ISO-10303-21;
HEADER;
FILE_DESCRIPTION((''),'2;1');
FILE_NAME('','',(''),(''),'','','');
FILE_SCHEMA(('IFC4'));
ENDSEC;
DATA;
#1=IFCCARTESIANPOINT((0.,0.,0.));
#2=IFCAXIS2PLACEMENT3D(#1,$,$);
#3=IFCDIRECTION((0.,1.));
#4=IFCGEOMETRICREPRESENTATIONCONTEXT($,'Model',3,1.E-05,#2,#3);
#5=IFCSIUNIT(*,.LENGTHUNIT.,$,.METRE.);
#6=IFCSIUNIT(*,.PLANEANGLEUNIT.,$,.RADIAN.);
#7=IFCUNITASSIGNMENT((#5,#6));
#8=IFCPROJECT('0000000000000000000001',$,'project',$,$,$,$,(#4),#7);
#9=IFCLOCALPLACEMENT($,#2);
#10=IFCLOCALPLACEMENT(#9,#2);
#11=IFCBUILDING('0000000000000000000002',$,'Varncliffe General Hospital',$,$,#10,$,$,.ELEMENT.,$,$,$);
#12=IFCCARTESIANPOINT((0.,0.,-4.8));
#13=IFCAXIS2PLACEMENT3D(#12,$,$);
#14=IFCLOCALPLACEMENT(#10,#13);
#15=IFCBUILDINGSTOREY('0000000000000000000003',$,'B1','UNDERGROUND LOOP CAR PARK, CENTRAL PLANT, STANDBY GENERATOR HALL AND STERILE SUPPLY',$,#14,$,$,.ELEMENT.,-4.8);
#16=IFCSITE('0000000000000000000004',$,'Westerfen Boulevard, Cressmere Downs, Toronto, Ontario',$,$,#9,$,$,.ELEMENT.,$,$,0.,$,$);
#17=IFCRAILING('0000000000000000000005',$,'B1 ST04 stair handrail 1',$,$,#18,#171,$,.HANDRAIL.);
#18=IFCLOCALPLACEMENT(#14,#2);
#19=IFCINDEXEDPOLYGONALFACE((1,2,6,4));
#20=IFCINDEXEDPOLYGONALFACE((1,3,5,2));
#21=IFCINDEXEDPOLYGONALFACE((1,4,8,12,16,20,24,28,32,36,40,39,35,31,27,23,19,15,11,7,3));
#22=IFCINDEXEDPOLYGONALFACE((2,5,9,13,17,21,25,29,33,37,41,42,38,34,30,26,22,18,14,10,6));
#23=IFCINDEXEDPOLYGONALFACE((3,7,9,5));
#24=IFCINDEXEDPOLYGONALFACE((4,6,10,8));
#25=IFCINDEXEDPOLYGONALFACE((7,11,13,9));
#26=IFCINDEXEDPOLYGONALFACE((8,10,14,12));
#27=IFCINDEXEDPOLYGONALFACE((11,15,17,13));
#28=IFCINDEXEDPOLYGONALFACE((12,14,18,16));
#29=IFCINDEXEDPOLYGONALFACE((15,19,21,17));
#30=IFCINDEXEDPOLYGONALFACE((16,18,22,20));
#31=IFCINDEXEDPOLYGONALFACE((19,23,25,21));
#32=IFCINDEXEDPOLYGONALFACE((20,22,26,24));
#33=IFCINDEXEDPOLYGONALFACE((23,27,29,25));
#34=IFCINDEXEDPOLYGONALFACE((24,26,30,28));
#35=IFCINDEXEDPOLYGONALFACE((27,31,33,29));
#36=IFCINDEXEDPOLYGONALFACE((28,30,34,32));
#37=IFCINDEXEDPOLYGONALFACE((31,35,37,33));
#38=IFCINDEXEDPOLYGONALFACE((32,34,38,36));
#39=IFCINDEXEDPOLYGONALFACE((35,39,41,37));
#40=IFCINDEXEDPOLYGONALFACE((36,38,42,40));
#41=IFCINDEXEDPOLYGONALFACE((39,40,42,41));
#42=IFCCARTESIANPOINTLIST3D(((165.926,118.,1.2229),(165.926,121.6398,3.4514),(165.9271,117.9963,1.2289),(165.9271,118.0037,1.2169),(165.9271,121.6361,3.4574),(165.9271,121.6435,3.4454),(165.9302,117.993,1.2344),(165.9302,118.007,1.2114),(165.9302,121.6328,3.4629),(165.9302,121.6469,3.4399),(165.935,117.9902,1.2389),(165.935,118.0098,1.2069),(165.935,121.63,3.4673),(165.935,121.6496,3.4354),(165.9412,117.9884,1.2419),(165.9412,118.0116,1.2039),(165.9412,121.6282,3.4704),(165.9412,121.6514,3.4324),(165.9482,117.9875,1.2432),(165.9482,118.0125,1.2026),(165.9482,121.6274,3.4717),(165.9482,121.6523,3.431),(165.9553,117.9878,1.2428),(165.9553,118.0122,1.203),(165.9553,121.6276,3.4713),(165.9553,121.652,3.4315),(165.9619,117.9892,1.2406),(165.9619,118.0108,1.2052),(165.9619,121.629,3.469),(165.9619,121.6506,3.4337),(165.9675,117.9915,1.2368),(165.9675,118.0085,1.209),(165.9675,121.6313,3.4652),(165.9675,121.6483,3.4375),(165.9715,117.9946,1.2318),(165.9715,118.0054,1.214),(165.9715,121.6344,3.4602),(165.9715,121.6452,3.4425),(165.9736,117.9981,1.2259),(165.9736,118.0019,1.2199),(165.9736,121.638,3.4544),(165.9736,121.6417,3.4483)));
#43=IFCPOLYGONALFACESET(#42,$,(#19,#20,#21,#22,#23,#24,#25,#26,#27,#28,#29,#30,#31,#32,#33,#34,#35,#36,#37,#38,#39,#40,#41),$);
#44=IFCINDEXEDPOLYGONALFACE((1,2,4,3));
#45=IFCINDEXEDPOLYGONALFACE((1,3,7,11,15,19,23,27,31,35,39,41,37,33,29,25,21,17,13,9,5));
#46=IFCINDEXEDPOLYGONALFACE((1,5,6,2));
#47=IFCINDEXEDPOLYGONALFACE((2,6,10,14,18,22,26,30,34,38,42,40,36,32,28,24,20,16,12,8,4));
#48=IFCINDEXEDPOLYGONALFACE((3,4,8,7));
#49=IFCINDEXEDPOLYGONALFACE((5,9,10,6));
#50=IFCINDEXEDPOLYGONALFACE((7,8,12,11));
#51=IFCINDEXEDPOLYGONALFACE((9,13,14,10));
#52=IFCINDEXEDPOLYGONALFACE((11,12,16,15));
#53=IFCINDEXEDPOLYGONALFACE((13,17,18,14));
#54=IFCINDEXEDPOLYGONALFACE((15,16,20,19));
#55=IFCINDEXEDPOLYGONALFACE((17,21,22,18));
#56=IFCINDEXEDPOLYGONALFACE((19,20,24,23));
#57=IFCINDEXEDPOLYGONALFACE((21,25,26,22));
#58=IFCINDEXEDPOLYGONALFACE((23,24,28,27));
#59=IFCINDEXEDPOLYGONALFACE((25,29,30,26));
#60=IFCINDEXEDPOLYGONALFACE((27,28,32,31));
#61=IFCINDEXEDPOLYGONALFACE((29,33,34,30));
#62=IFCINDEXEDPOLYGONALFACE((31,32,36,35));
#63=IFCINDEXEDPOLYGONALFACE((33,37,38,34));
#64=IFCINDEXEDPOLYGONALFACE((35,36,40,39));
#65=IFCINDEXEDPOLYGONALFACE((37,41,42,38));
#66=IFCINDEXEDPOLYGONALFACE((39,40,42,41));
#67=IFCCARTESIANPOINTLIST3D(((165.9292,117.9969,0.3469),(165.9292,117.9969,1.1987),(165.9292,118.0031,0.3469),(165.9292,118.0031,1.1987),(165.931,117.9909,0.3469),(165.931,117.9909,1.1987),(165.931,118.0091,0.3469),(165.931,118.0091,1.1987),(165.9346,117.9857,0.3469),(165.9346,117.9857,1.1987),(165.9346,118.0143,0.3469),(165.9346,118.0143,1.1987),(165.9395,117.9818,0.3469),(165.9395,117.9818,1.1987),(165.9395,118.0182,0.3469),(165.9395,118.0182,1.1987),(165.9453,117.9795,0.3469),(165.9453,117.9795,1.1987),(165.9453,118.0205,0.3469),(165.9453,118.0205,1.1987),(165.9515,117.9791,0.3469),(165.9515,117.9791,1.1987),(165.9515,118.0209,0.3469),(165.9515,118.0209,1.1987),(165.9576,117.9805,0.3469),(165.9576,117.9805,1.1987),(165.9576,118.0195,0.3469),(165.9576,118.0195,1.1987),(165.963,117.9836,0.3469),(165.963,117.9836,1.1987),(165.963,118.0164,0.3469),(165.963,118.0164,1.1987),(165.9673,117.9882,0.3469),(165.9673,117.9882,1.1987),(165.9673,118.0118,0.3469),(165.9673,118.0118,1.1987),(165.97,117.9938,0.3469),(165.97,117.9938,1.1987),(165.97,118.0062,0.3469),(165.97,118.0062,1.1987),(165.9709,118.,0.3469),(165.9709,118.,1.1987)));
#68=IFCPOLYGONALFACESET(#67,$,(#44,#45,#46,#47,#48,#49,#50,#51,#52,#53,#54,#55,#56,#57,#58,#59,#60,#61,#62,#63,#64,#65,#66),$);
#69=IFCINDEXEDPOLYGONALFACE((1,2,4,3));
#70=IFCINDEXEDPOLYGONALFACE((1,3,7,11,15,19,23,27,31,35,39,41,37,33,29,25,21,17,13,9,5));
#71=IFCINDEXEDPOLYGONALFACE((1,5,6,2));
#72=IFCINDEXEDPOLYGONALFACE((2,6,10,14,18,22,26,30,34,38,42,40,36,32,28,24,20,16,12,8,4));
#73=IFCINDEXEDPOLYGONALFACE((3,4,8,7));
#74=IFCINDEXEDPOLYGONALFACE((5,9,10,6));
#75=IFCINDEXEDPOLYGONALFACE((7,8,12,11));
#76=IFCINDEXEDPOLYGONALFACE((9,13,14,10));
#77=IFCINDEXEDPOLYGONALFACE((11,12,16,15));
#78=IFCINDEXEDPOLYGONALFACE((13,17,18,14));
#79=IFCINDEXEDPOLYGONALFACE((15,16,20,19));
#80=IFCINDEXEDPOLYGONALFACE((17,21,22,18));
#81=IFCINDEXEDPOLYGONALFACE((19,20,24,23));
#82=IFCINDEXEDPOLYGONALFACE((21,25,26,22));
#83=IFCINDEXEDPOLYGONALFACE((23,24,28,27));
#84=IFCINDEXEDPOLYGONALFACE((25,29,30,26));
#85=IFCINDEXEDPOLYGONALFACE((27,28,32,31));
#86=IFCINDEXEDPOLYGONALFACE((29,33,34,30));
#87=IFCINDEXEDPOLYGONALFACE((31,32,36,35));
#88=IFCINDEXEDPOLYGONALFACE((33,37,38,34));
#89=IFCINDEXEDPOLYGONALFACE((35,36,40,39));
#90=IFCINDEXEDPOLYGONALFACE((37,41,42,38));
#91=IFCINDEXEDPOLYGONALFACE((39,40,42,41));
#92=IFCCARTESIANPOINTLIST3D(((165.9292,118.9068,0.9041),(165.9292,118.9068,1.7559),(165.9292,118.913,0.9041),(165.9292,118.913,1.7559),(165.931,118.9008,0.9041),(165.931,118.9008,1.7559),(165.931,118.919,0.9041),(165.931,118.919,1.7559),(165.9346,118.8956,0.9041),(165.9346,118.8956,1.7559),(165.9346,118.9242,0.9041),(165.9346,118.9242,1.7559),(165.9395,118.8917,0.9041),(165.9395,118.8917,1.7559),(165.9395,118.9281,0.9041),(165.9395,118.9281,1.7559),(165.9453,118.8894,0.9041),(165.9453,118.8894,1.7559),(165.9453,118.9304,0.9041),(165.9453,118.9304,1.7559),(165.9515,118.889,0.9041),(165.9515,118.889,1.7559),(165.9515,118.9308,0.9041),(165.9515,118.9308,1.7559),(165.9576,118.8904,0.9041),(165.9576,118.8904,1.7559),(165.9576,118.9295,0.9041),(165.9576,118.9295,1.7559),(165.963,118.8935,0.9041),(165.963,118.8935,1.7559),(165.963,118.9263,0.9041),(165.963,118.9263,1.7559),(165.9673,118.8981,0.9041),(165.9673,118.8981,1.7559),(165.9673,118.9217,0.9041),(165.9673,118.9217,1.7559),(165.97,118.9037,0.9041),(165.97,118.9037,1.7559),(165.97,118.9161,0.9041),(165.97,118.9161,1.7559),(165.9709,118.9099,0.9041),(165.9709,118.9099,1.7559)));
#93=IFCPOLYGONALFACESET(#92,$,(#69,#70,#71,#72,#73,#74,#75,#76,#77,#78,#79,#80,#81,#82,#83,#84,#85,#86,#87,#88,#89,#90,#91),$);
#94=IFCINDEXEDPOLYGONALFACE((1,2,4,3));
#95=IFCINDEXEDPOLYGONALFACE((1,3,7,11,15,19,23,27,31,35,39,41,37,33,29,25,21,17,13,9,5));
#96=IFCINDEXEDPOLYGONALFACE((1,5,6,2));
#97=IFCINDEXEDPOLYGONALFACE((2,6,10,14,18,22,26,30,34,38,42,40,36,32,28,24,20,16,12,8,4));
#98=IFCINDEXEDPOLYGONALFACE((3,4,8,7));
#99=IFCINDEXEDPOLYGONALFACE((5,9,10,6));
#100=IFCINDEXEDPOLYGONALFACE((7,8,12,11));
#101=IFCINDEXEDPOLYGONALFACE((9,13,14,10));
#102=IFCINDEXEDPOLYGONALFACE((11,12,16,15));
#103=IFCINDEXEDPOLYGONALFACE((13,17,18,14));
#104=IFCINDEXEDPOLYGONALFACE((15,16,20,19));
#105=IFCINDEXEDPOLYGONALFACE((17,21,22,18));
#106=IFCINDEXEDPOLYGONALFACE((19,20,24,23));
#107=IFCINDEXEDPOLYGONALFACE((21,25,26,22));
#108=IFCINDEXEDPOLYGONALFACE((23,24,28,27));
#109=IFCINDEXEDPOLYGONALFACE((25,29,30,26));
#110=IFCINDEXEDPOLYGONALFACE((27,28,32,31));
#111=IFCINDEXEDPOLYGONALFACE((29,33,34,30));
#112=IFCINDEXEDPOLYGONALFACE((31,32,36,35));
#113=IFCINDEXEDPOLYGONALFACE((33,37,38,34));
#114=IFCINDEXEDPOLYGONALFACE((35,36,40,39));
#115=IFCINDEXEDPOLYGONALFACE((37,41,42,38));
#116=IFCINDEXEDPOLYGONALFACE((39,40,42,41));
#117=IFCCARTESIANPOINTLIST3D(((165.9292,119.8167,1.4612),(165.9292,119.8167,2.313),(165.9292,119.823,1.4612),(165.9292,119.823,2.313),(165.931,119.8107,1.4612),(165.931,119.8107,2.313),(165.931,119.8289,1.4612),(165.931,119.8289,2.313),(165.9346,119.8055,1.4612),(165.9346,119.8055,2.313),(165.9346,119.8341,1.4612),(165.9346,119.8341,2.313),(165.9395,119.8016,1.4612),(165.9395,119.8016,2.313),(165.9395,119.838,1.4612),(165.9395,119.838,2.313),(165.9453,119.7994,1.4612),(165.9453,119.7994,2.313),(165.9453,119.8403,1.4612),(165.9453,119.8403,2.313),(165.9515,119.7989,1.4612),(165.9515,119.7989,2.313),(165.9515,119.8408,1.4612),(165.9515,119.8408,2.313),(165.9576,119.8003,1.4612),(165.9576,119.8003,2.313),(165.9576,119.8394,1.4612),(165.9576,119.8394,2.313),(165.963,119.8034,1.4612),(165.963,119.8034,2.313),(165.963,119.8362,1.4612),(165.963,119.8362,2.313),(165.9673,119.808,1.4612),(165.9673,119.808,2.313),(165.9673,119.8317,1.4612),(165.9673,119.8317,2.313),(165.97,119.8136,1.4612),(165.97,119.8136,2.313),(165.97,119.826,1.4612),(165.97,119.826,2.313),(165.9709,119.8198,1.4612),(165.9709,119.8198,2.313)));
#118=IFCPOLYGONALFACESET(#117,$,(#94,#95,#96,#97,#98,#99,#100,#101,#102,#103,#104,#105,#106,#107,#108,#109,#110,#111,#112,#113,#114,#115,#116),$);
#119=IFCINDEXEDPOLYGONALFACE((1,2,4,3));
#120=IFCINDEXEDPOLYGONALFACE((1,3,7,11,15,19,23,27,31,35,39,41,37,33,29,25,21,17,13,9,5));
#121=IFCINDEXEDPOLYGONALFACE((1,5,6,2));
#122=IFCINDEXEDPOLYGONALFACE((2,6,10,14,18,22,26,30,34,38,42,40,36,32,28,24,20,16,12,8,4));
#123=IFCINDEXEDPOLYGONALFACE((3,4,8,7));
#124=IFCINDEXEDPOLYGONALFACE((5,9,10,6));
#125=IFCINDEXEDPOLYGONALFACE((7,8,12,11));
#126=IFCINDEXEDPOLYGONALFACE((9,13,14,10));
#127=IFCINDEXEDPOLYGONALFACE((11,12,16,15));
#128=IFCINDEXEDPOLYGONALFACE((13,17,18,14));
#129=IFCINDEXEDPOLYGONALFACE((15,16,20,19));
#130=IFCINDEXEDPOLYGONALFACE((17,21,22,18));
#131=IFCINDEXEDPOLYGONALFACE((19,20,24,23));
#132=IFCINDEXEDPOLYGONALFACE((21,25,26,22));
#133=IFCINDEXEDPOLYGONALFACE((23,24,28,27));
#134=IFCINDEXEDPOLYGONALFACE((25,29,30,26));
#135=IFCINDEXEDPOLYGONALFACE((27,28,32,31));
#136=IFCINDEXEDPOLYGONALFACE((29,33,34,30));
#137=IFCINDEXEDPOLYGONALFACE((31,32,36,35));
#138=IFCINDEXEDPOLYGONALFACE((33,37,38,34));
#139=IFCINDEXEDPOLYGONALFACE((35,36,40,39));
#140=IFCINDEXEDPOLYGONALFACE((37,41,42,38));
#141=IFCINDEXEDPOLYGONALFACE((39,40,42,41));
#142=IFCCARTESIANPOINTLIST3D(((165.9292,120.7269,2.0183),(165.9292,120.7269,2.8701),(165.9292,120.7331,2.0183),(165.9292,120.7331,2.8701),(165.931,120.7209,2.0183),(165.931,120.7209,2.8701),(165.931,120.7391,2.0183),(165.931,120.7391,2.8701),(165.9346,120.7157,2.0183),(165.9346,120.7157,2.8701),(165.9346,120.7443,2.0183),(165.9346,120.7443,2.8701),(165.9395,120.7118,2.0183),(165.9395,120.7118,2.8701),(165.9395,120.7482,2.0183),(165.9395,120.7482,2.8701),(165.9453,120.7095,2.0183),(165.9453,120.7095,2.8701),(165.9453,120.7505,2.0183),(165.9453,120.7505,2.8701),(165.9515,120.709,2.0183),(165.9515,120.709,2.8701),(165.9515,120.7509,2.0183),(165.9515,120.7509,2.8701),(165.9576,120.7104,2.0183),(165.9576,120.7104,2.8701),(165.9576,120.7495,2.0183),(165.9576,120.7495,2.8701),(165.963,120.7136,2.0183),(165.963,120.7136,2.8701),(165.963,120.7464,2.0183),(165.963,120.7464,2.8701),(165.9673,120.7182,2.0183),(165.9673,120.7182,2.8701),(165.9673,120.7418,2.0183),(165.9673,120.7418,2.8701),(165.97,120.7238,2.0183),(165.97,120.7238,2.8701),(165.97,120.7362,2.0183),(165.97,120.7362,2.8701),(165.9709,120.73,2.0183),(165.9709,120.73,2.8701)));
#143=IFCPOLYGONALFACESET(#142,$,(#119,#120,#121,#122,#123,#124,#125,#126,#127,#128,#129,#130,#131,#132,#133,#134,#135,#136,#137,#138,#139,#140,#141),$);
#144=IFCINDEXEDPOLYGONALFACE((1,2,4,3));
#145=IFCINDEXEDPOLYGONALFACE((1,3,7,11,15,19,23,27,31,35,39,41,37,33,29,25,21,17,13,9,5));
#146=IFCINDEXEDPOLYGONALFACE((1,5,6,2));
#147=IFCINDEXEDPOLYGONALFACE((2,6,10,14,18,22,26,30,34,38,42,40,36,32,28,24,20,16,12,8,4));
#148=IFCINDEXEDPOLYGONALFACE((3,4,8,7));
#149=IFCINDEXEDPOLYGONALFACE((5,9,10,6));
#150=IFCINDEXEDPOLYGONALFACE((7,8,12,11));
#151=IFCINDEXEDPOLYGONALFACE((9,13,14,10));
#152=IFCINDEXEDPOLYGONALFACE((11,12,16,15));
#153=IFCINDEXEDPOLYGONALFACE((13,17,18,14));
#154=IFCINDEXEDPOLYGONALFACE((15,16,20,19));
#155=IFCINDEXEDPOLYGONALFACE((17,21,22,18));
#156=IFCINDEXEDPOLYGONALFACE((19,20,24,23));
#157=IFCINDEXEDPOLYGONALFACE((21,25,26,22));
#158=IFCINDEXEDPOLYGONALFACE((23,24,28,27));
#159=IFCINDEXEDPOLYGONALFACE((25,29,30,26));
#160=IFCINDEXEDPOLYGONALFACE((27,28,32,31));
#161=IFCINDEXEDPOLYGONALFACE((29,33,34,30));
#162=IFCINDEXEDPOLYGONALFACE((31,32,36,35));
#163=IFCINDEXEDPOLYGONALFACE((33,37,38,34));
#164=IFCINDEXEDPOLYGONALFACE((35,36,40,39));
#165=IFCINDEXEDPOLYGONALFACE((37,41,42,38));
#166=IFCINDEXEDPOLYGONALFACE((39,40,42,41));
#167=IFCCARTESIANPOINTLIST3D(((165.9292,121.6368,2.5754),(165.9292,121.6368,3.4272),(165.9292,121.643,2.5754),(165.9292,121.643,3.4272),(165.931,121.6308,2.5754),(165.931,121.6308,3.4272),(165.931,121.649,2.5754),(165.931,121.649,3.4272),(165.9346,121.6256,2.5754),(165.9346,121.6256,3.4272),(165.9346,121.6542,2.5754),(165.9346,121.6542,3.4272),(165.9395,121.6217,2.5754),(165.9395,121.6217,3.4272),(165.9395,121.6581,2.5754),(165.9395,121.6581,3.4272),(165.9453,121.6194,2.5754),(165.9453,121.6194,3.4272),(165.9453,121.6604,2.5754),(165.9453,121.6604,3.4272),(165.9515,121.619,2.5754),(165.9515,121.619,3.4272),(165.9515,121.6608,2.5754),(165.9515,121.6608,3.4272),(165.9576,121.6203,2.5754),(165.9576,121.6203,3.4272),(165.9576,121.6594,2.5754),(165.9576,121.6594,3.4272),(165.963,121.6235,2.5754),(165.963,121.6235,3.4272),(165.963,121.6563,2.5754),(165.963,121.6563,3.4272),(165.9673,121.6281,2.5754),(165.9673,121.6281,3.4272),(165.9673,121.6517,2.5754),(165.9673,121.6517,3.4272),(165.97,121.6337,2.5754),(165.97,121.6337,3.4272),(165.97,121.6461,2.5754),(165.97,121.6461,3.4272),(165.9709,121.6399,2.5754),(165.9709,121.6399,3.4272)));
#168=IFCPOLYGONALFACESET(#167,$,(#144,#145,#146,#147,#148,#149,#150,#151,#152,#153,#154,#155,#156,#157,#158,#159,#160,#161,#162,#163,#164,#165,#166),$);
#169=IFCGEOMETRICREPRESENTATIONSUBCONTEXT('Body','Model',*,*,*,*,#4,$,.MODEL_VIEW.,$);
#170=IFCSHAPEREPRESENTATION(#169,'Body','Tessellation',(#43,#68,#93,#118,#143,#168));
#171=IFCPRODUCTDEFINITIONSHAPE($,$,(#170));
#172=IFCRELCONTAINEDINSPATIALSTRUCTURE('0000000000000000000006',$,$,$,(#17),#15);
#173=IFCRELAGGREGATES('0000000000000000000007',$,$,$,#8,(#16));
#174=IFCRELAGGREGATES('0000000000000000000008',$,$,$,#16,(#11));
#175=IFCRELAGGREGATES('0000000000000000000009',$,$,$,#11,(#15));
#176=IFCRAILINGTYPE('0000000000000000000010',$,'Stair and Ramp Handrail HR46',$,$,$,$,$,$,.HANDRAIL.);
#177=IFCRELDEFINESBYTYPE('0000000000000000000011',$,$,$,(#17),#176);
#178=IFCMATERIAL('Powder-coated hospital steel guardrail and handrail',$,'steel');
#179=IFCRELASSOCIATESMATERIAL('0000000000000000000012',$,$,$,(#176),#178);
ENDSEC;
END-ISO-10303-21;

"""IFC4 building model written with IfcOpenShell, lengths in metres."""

from ifc_helpers import new_model, si_unit, direction, frame, origin, origin_2d, place, context, subcontext, project, spatial, circle, extrude, material, type_object, element, save


model = new_model("IFC4")

# Units and contexts
model_context = context("Model", 3, precision=1e-05, world=origin(), true_north=direction((0.0, 1.0)))
body_context = subcontext(model_context, "Body", "Model", "MODEL_VIEW")
ifc_project = project(units=[si_unit("LENGTHUNIT", "METRE"), si_unit("PLANEANGLEUNIT", "RADIAN")], contexts=[model_context])

# Site, building, storey
site_placement = place(None, origin())
site = spatial("IfcSite", under=ifc_project, at=site_placement, Name="Westerfen Boulevard, Cressmere Downs, Toronto, Ontario", CompositionType="ELEMENT", RefElevation=0.0)
building_placement = place(site_placement, origin())
building = spatial("IfcBuilding", under=site, at=building_placement, Name="Varncliffe General Hospital", CompositionType="ELEMENT")
storey_placement = place(building_placement, frame((0.0, 0.0, -4.8)))
storey = spatial("IfcBuildingStorey", under=building, at=storey_placement, Name="B1", Description="UNDERGROUND LOOP CAR PARK, CENTRAL PLANT, STANDBY GENERATOR HALL AND STERILE SUPPLY", CompositionType="ELEMENT", Elevation=-4.8)

# Railing
ifc_material_1 = material(Name="Powder-coated hospital steel guardrail and handrail", Category="steel")
railing_type_1 = type_object("IfcRailingType", Name="Stair and Ramp Handrail HR46", PredefinedType="HANDRAIL", material=ifc_material_1)
railing_1_placement = place(storey_placement, frame((165.95, 118.0, 0.3469)))
element("IfcRailing", 1, at=railing_1_placement, inside=storey, type_object=railing_type_1, Name="B1 ST04 stair handrail 1", PredefinedType="HANDRAIL", context=body_context, shape_type="SweptSolid", body=[
    extrude(circle(Radius=0.0239, at=origin_2d()), frame((0.0, 0.0, 0.876), z_axis=(0.0, 0.85285, 0.522156), x_axis=(-1.0, 0.0, 0.0)), (0.0, 0.0, 1.0), 4.2678),
    extrude(circle(Radius=0.021, at=origin_2d()), origin(), (0.0, 0.0, 1.0), 0.8518),
    extrude(circle(Radius=0.021, at=origin_2d()), frame((0.0, 0.9099, 0.5571)), (0.0, 0.0, 1.0), 0.8518),
    extrude(circle(Radius=0.021, at=origin_2d()), frame((0.0, 1.8198, 1.1143)), (0.0, 0.0, 1.0), 0.8518),
    extrude(circle(Radius=0.021, at=origin_2d()), frame((0.0, 2.73, 1.6714)), (0.0, 0.0, 1.0), 0.8518),
    extrude(circle(Radius=0.021, at=origin_2d()), frame((0.0, 3.6399, 2.2285)), (0.0, 0.0, 1.0), 0.8518),
])

save(model, "model.ifc")
